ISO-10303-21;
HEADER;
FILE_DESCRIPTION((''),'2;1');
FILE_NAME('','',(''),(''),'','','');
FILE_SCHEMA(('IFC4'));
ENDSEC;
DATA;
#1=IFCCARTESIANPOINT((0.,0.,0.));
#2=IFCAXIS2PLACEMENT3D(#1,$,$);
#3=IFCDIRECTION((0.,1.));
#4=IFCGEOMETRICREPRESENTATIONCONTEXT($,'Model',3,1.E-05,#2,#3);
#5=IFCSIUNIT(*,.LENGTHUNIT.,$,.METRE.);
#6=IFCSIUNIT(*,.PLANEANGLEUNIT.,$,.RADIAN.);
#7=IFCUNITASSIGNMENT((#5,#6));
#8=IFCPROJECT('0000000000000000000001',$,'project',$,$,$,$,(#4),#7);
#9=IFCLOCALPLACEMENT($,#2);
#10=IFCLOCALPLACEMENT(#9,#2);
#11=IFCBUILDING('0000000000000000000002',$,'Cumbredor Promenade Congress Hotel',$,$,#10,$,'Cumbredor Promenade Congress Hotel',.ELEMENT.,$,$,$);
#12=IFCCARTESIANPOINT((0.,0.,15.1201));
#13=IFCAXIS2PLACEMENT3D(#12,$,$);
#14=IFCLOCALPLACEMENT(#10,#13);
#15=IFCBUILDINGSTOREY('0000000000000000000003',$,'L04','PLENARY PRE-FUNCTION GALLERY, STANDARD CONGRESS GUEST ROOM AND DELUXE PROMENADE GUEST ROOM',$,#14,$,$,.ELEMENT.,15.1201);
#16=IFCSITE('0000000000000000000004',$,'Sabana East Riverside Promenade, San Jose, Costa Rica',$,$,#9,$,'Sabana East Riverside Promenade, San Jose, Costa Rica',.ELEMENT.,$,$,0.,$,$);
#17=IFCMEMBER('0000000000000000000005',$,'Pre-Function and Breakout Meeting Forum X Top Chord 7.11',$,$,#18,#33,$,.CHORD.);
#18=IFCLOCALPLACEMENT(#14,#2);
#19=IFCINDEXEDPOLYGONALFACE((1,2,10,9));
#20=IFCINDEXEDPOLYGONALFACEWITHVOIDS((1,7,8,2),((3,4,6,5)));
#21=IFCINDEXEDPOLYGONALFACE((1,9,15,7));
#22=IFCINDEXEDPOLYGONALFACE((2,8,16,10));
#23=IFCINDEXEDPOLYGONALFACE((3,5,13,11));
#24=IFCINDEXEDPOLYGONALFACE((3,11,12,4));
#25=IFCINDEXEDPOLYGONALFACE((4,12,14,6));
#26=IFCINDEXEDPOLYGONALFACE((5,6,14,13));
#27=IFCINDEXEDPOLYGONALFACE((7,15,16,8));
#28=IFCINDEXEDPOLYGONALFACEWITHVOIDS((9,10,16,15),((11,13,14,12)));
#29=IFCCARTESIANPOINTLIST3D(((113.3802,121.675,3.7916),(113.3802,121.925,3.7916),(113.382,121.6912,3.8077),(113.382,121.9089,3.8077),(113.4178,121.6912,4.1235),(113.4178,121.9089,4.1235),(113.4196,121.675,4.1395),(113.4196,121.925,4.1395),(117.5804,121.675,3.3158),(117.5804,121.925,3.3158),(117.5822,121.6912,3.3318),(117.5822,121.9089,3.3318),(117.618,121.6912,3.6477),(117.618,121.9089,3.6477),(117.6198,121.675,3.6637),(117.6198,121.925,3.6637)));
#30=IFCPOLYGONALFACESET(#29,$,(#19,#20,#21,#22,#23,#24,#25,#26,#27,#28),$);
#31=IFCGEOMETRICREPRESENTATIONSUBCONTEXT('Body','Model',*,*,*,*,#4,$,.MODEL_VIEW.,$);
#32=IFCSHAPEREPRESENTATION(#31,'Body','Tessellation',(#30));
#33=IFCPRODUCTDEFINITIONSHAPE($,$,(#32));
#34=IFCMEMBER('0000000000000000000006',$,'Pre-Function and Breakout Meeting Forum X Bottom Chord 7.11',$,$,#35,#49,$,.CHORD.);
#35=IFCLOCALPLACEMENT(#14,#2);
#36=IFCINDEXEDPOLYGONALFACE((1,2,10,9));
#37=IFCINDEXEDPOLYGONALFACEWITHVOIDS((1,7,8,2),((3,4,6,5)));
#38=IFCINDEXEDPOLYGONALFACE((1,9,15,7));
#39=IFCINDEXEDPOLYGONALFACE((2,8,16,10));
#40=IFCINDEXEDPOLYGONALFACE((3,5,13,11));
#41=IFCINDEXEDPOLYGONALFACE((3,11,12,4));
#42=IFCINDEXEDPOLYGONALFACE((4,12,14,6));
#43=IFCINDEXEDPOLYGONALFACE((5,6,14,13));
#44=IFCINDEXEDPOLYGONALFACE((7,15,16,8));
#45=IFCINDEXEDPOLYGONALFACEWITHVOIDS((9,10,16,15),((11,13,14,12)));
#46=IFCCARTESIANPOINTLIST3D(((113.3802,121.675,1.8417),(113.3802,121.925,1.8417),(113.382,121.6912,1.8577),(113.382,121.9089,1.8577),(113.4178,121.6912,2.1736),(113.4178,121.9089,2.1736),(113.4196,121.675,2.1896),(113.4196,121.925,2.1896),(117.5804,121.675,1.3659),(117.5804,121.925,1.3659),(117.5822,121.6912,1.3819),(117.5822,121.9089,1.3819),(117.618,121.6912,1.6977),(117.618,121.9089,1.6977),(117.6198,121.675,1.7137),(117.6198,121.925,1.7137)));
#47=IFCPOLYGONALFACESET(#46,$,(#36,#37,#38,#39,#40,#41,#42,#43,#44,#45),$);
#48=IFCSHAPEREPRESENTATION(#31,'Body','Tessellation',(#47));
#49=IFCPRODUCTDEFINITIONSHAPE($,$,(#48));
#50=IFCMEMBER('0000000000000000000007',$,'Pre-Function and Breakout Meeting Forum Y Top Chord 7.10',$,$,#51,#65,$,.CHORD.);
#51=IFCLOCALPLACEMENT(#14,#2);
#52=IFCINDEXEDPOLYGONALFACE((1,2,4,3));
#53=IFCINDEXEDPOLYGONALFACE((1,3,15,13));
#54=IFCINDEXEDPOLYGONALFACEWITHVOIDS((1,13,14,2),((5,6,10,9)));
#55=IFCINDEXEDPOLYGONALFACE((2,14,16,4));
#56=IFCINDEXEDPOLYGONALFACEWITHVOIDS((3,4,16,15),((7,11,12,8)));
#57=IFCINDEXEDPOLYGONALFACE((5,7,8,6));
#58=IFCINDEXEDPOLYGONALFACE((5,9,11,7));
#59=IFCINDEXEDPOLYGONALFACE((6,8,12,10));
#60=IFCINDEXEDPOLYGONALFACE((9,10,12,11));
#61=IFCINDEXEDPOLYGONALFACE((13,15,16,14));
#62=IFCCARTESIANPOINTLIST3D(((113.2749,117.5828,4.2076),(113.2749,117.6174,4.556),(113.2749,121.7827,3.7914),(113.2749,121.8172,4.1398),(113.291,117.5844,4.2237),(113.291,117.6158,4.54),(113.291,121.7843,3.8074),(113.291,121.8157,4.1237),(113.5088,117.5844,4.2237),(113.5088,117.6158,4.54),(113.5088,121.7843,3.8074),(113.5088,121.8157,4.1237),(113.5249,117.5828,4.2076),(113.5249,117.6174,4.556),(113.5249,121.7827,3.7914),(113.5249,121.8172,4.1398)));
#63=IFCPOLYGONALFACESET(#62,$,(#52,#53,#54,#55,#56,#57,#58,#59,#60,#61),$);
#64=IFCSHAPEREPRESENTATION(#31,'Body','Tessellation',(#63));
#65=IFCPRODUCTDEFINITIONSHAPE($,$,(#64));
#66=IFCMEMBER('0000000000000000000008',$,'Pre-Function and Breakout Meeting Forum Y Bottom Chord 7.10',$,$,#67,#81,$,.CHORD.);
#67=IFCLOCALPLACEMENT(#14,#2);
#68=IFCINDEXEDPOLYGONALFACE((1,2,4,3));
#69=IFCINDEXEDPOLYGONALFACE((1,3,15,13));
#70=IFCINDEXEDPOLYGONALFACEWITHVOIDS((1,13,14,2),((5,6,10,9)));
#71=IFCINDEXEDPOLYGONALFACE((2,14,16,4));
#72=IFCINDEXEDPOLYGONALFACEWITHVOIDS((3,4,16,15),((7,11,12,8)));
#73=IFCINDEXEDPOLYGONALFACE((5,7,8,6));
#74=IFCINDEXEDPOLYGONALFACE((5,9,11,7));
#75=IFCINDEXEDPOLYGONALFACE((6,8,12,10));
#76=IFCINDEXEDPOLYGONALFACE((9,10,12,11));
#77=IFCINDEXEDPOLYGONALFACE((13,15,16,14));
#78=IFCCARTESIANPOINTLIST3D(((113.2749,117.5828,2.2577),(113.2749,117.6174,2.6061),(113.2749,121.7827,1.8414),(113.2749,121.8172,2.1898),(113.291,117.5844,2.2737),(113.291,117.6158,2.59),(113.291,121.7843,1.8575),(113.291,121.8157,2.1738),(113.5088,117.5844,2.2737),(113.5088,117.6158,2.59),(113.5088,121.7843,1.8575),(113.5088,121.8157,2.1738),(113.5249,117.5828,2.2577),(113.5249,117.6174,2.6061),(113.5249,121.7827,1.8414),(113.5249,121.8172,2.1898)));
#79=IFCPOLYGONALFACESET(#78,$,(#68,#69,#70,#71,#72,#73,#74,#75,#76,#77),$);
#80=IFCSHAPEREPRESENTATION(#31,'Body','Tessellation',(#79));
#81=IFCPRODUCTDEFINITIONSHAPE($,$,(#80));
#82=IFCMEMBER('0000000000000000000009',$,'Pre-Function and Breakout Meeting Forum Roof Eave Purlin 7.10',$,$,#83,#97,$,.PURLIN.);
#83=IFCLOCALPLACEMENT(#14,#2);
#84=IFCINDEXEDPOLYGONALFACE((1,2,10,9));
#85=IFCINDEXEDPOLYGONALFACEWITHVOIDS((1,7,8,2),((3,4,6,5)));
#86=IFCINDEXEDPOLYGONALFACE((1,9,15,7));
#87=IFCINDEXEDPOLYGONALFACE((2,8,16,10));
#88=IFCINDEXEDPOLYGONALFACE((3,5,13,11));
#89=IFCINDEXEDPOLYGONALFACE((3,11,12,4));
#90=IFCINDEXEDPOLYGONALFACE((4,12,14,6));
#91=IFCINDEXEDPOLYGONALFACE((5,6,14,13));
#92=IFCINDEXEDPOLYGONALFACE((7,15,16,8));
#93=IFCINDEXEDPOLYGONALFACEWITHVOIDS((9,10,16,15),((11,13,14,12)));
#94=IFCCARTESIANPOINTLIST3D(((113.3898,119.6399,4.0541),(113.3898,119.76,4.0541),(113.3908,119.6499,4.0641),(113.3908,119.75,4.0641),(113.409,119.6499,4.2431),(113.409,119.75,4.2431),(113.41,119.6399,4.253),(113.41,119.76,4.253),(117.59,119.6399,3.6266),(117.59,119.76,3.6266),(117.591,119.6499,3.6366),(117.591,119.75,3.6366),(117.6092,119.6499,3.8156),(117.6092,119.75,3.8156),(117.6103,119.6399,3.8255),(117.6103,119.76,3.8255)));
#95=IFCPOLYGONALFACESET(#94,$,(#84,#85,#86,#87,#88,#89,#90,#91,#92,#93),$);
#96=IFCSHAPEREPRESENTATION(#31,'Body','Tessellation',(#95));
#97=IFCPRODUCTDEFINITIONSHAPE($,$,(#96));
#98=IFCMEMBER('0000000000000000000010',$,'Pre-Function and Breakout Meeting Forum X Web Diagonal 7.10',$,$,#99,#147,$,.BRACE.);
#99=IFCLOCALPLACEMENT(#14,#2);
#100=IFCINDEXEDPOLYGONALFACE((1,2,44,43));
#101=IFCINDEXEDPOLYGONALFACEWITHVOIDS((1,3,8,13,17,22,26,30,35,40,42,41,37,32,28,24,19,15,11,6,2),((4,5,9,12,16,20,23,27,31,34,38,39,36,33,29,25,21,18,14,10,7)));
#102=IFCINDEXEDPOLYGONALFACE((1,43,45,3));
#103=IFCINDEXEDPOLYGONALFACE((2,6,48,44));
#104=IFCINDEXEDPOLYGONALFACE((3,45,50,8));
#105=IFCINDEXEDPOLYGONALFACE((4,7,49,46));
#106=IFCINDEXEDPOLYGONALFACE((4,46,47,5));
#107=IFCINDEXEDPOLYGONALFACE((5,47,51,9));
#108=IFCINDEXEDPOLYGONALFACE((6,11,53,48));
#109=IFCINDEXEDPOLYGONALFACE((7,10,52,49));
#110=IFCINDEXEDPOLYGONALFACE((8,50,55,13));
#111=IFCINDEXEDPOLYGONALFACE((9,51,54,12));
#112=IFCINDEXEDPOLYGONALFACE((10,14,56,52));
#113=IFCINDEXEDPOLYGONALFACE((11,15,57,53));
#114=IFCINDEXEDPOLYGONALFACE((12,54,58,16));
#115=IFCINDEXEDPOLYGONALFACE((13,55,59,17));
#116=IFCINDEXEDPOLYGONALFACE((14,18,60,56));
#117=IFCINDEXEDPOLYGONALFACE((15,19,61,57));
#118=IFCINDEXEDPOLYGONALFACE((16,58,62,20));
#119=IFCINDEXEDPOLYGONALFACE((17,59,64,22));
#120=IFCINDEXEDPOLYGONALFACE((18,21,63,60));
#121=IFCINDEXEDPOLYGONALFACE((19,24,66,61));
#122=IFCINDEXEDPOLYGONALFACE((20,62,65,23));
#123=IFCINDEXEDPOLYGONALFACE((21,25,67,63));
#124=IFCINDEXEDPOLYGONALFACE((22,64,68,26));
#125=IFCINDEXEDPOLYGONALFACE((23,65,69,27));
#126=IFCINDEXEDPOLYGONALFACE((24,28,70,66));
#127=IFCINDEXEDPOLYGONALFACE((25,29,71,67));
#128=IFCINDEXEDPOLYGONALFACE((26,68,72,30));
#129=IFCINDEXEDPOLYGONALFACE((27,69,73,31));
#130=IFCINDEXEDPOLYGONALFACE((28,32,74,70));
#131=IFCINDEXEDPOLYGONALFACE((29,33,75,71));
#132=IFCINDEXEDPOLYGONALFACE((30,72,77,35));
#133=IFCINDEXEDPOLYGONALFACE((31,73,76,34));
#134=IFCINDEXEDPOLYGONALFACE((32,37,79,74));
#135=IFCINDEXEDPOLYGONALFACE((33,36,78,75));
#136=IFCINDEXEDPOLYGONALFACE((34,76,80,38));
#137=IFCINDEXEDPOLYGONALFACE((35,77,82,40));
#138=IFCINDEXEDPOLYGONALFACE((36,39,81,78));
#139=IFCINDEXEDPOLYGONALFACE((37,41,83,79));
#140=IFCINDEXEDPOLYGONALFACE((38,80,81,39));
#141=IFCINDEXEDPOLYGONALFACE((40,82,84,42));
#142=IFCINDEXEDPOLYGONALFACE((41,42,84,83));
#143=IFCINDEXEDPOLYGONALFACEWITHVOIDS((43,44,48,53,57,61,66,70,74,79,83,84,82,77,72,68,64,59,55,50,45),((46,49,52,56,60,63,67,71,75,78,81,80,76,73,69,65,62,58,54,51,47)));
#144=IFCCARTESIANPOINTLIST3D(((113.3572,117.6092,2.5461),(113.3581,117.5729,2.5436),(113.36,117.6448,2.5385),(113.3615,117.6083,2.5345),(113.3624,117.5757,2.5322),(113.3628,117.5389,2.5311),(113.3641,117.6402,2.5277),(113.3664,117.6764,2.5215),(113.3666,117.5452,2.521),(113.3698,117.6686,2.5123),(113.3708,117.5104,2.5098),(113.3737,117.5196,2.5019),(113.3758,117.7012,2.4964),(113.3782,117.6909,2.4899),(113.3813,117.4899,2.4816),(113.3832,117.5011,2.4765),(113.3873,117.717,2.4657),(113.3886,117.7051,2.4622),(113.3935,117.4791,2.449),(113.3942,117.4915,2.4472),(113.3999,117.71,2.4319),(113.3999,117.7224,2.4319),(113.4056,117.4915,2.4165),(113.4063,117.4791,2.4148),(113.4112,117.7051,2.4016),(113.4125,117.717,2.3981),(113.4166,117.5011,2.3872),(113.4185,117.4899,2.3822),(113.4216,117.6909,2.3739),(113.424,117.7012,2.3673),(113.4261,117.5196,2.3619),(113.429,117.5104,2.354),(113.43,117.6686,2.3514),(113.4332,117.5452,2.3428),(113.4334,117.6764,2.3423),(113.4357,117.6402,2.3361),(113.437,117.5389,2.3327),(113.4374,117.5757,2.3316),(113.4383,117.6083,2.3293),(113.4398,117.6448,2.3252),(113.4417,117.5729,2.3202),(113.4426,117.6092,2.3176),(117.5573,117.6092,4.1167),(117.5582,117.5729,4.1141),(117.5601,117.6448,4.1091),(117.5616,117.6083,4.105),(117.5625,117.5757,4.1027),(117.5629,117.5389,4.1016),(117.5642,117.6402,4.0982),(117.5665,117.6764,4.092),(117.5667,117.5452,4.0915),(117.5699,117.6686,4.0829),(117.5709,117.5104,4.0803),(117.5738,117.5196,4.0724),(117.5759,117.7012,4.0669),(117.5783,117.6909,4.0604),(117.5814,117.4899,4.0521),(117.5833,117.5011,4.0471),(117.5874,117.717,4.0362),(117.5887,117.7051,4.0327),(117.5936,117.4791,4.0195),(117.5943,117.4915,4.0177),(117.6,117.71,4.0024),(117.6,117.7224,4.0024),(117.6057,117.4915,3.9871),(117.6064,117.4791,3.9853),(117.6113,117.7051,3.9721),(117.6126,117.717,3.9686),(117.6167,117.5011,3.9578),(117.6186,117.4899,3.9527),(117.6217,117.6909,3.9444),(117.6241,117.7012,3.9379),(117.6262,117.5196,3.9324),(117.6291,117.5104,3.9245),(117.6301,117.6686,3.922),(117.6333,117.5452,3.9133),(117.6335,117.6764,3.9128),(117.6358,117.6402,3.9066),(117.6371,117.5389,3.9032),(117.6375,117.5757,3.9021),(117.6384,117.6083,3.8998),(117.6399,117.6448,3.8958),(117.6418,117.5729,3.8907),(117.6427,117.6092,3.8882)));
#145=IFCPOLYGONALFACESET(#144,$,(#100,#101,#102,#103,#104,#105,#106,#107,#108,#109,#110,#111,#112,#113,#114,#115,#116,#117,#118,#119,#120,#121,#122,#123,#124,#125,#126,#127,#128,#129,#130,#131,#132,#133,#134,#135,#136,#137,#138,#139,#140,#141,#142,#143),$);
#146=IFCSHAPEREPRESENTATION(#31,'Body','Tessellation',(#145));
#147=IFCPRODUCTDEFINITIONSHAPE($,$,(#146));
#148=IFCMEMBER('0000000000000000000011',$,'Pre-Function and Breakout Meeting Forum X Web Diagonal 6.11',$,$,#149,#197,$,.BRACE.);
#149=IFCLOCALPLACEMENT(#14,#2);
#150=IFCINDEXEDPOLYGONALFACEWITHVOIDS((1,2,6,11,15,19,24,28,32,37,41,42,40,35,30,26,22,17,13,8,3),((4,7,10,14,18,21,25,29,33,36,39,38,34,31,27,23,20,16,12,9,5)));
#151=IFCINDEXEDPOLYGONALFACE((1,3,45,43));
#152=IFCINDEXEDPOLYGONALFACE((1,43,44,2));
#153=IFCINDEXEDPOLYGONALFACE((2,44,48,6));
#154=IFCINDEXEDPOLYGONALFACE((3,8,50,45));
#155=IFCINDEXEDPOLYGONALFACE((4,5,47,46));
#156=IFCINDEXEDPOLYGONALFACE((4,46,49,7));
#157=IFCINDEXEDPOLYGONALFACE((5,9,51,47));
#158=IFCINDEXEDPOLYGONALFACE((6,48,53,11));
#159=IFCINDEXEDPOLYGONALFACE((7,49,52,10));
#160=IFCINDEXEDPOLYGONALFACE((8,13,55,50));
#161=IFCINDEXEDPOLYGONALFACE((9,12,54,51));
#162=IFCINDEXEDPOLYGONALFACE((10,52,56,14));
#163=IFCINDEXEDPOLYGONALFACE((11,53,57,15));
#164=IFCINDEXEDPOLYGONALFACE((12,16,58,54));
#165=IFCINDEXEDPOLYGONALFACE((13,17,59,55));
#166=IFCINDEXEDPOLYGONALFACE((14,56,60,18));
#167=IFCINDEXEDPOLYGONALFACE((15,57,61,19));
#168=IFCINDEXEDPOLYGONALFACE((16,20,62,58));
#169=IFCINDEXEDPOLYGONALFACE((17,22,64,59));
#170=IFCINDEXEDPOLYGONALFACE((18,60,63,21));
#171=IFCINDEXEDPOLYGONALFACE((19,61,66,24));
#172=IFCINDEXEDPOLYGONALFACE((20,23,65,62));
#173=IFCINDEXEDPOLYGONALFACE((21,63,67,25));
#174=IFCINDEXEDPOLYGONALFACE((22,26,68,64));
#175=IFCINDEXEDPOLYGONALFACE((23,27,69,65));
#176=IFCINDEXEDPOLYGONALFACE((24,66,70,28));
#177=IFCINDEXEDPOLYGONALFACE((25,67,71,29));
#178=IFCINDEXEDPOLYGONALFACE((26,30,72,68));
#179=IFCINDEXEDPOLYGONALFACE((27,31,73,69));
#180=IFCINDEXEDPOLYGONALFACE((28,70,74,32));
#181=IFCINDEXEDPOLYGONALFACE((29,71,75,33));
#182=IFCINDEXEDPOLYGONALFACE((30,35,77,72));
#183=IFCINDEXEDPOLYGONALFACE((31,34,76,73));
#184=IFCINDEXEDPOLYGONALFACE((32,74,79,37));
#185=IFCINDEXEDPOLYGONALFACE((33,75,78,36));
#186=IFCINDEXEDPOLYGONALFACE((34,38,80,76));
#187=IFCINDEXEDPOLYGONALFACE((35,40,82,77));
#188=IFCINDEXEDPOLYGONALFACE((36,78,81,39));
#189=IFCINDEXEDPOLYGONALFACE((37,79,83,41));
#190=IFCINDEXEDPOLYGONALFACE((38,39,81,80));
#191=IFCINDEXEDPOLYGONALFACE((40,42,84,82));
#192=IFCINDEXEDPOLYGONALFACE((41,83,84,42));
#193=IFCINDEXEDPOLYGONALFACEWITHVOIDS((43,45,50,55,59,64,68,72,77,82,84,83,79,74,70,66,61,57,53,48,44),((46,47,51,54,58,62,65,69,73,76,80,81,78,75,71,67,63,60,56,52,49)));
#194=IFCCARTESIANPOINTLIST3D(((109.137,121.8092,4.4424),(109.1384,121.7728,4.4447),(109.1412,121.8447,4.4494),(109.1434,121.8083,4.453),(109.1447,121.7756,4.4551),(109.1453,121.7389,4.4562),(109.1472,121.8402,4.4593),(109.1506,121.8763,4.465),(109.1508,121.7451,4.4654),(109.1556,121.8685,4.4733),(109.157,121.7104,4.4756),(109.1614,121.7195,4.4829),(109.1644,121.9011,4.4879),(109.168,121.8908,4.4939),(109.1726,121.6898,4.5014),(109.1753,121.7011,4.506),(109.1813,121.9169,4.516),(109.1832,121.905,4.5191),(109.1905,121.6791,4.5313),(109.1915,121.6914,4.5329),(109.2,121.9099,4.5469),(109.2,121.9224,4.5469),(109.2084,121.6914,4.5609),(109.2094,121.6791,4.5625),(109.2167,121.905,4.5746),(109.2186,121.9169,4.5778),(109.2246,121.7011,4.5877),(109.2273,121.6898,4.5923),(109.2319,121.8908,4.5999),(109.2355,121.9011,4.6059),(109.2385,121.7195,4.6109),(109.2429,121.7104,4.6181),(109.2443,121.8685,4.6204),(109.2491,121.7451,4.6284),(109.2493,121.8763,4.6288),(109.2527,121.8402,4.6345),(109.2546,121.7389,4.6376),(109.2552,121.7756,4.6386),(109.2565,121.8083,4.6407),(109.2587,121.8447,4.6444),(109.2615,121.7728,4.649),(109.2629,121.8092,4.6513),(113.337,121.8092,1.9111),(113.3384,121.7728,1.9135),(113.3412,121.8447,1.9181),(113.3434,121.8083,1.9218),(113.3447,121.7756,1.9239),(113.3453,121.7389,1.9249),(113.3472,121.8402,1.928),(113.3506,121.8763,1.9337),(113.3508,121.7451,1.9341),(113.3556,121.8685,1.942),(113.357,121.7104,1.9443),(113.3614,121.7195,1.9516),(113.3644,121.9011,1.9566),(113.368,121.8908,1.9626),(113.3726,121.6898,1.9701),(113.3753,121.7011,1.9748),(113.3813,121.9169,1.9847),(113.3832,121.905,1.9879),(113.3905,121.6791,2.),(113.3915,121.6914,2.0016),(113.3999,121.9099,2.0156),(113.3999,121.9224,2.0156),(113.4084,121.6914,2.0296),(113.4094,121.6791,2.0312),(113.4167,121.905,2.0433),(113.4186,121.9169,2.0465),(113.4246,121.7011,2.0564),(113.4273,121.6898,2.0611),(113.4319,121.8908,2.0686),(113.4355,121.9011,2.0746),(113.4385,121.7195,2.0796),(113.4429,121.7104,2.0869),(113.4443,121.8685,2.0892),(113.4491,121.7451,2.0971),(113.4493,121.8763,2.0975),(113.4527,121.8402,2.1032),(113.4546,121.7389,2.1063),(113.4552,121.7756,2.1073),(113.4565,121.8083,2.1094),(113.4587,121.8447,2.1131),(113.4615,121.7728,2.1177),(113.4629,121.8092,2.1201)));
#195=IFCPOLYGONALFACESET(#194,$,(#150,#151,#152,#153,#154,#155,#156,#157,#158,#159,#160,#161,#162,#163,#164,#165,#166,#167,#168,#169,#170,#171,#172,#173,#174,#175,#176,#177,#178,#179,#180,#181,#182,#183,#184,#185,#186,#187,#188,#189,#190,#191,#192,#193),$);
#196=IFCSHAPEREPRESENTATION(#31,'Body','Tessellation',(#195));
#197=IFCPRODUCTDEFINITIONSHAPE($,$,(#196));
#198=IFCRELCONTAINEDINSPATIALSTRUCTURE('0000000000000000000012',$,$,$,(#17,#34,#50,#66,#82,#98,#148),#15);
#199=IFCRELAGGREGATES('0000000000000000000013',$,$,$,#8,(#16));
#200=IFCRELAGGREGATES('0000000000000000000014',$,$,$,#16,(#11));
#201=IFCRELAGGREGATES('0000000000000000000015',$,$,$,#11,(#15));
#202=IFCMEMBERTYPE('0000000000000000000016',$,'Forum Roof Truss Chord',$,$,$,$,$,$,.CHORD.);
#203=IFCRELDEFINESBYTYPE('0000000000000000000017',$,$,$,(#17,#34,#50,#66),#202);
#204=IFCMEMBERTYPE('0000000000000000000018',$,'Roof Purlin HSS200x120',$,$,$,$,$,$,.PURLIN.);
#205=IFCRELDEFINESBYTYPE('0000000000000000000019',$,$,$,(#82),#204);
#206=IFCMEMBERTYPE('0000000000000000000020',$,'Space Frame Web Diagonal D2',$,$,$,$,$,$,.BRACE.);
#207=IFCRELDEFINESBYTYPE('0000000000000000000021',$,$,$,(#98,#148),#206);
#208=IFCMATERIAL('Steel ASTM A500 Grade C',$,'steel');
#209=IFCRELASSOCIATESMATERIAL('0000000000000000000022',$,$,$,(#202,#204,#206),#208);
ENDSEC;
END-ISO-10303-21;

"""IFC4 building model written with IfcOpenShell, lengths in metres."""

from ifc_helpers import new_model, si_unit, direction, frame, origin, origin_2d, place, context, subcontext, project, spatial, hollow_rectangle, hollow_circle, extrude, material, material_profile, profile_set, type_object, element, save


model = new_model("IFC4")

# Units and contexts
model_context = context("Model", 3, precision=1e-05, world=origin(), true_north=direction((0.0, 1.0)))
body_context = subcontext(model_context, "Body", "Model", "MODEL_VIEW")
ifc_project = project(units=[si_unit("LENGTHUNIT", "METRE"), si_unit("PLANEANGLEUNIT", "RADIAN")], contexts=[model_context])

# Site, building, storey
site_placement = place(None, origin())
site = spatial("IfcSite", under=ifc_project, at=site_placement, Name="Sabana East Riverside Promenade, San Jose, Costa Rica", LongName="Sabana East Riverside Promenade, San Jose, Costa Rica", CompositionType="ELEMENT", RefElevation=0.0)
building_placement = place(site_placement, origin())
building = spatial("IfcBuilding", under=site, at=building_placement, Name="Cumbredor Promenade Congress Hotel", LongName="Cumbredor Promenade Congress Hotel", CompositionType="ELEMENT")
storey_placement = place(building_placement, frame((0.0, 0.0, 15.1201)))
storey = spatial("IfcBuildingStorey", under=building, at=storey_placement, Name="L04", Description="PLENARY PRE-FUNCTION GALLERY, STANDARD CONGRESS GUEST ROOM AND DELUXE PROMENADE GUEST ROOM", CompositionType="ELEMENT", Elevation=15.1201)

# Members
ifc_material_1 = material(Name="Steel ASTM A500 Grade C", Category="steel")
ifc_material_profile_1 = material_profile(ifc_material_1, hollow_rectangle(XDim=0.25, YDim=0.3501, WallThickness=0.0161, at=origin_2d()), Name="HSS 350x250x16")
ifc_profile_set_1 = profile_set([ifc_material_profile_1], Name="Steel ASTM A500 Grade C")
member_type_1 = type_object("IfcMemberType", Name="Forum Roof Truss Chord", PredefinedType="CHORD", material=ifc_profile_set_1)
for number, where, z_axis, x_axis, name in (
    (1, (113.3999, 121.8, 3.9656), (0.993644, 0.0, -0.112568), (0.0, 1.0, 0.0), "Pre-Function and Breakout Meeting Forum X Top Chord 7.11"),
    (2, (113.3999, 121.8, 2.0156), (0.993644, 0.0, -0.112568), (0.0, 1.0, 0.0), "Pre-Function and Breakout Meeting Forum X Bottom Chord 7.11"),
):
    element("IfcMember", number, at=place(storey_placement, frame(where, z_axis=z_axis, x_axis=x_axis)), inside=storey, type_object=member_type_1, Name=name, PredefinedType="CHORD", context=body_context, shape_type="SweptSolid", body=[
        extrude(hollow_rectangle(XDim=0.25, YDim=0.3501, WallThickness=0.0161, at=origin_2d()), origin(), (0.0, 0.0, 1.0), 4.2271),
    ])
for number, where, z_axis, x_axis, name in (
    (3, (113.3999, 117.6001, 4.3818), (0.0, 0.995124, -0.098627), (-1.0, 0.0, 0.0), "Pre-Function and Breakout Meeting Forum Y Top Chord 7.10"),
    (4, (113.3999, 117.6001, 2.4319), (0.0, 0.995124, -0.098627), (-1.0, 0.0, 0.0), "Pre-Function and Breakout Meeting Forum Y Bottom Chord 7.10"),
):
    element("IfcMember", number, at=place(storey_placement, frame(where, z_axis=z_axis, x_axis=x_axis)), inside=storey, type_object=member_type_1, Name=name, PredefinedType="CHORD", context=body_context, shape_type="SweptSolid", body=[
        extrude(hollow_rectangle(XDim=0.25, YDim=0.3501, WallThickness=0.0161, at=origin_2d()), origin(), (0.0, 0.0, 1.0), 4.2205),
    ])
ifc_material_profile_2 = material_profile(ifc_material_1, hollow_rectangle(XDim=0.1201, YDim=0.2, WallThickness=0.01, at=origin_2d()), Name="HSS 200x120x10")
ifc_profile_set_2 = profile_set([ifc_material_profile_2], Name="Steel ASTM A500 Grade C")
member_type_2 = type_object("IfcMemberType", Name="Roof Purlin HSS200x120", PredefinedType="PURLIN", material=ifc_profile_set_2)
member_1_placement = place(storey_placement, frame((113.3999, 119.7, 4.1536), z_axis=(0.99486, 0.0, -0.101256), x_axis=(0.0, 1.0, 0.0)))
element("IfcMember", 5, at=member_1_placement, inside=storey, type_object=member_type_2, Name="Pre-Function and Breakout Meeting Forum Roof Eave Purlin 7.10", PredefinedType="PURLIN", context=body_context, shape_type="SweptSolid", body=[
    extrude(hollow_rectangle(XDim=0.1201, YDim=0.2, WallThickness=0.01, at=origin_2d()), origin(), (0.0, 0.0, 1.0), 4.2219),
])
ifc_material_profile_3 = material_profile(ifc_material_1, hollow_circle(Radius=0.1223, WallThickness=0.0125, at=origin_2d()), Name="CHS 244.5x12.5")
ifc_profile_set_3 = profile_set([ifc_material_profile_3], Name="Steel ASTM A500 Grade C")
member_type_3 = type_object("IfcMemberType", Name="Space Frame Web Diagonal D2", PredefinedType="BRACE", material=ifc_profile_set_3)
member_2_placement = place(storey_placement, frame((113.3999, 117.6001, 2.4319), z_axis=(0.93666, 0.0, 0.35024), x_axis=(0.0, 1.0, 0.0)))
element("IfcMember", 6, at=member_2_placement, inside=storey, type_object=member_type_3, Name="Pre-Function and Breakout Meeting Forum X Web Diagonal 7.10", PredefinedType="BRACE", context=body_context, shape_type="SweptSolid", body=[
    extrude(hollow_circle(Radius=0.1223, WallThickness=0.0125, at=origin_2d()), origin(), (0.0, 0.0, 1.0), 4.4841),
])
member_3_placement = place(storey_placement, frame((109.2, 121.8, 4.5469), z_axis=(0.856476, 0.0, -0.516186), x_axis=(0.0, 1.0, 0.0)))
element("IfcMember", 7, at=member_3_placement, inside=storey, type_object=member_type_3, Name="Pre-Function and Breakout Meeting Forum X Web Diagonal 6.11", PredefinedType="BRACE", context=body_context, shape_type="SweptSolid", body=[
    extrude(hollow_circle(Radius=0.1223, WallThickness=0.0125, at=origin_2d()), origin(), (0.0, 0.0, 1.0), 4.9038),
])

save(model, "model.ifc")
